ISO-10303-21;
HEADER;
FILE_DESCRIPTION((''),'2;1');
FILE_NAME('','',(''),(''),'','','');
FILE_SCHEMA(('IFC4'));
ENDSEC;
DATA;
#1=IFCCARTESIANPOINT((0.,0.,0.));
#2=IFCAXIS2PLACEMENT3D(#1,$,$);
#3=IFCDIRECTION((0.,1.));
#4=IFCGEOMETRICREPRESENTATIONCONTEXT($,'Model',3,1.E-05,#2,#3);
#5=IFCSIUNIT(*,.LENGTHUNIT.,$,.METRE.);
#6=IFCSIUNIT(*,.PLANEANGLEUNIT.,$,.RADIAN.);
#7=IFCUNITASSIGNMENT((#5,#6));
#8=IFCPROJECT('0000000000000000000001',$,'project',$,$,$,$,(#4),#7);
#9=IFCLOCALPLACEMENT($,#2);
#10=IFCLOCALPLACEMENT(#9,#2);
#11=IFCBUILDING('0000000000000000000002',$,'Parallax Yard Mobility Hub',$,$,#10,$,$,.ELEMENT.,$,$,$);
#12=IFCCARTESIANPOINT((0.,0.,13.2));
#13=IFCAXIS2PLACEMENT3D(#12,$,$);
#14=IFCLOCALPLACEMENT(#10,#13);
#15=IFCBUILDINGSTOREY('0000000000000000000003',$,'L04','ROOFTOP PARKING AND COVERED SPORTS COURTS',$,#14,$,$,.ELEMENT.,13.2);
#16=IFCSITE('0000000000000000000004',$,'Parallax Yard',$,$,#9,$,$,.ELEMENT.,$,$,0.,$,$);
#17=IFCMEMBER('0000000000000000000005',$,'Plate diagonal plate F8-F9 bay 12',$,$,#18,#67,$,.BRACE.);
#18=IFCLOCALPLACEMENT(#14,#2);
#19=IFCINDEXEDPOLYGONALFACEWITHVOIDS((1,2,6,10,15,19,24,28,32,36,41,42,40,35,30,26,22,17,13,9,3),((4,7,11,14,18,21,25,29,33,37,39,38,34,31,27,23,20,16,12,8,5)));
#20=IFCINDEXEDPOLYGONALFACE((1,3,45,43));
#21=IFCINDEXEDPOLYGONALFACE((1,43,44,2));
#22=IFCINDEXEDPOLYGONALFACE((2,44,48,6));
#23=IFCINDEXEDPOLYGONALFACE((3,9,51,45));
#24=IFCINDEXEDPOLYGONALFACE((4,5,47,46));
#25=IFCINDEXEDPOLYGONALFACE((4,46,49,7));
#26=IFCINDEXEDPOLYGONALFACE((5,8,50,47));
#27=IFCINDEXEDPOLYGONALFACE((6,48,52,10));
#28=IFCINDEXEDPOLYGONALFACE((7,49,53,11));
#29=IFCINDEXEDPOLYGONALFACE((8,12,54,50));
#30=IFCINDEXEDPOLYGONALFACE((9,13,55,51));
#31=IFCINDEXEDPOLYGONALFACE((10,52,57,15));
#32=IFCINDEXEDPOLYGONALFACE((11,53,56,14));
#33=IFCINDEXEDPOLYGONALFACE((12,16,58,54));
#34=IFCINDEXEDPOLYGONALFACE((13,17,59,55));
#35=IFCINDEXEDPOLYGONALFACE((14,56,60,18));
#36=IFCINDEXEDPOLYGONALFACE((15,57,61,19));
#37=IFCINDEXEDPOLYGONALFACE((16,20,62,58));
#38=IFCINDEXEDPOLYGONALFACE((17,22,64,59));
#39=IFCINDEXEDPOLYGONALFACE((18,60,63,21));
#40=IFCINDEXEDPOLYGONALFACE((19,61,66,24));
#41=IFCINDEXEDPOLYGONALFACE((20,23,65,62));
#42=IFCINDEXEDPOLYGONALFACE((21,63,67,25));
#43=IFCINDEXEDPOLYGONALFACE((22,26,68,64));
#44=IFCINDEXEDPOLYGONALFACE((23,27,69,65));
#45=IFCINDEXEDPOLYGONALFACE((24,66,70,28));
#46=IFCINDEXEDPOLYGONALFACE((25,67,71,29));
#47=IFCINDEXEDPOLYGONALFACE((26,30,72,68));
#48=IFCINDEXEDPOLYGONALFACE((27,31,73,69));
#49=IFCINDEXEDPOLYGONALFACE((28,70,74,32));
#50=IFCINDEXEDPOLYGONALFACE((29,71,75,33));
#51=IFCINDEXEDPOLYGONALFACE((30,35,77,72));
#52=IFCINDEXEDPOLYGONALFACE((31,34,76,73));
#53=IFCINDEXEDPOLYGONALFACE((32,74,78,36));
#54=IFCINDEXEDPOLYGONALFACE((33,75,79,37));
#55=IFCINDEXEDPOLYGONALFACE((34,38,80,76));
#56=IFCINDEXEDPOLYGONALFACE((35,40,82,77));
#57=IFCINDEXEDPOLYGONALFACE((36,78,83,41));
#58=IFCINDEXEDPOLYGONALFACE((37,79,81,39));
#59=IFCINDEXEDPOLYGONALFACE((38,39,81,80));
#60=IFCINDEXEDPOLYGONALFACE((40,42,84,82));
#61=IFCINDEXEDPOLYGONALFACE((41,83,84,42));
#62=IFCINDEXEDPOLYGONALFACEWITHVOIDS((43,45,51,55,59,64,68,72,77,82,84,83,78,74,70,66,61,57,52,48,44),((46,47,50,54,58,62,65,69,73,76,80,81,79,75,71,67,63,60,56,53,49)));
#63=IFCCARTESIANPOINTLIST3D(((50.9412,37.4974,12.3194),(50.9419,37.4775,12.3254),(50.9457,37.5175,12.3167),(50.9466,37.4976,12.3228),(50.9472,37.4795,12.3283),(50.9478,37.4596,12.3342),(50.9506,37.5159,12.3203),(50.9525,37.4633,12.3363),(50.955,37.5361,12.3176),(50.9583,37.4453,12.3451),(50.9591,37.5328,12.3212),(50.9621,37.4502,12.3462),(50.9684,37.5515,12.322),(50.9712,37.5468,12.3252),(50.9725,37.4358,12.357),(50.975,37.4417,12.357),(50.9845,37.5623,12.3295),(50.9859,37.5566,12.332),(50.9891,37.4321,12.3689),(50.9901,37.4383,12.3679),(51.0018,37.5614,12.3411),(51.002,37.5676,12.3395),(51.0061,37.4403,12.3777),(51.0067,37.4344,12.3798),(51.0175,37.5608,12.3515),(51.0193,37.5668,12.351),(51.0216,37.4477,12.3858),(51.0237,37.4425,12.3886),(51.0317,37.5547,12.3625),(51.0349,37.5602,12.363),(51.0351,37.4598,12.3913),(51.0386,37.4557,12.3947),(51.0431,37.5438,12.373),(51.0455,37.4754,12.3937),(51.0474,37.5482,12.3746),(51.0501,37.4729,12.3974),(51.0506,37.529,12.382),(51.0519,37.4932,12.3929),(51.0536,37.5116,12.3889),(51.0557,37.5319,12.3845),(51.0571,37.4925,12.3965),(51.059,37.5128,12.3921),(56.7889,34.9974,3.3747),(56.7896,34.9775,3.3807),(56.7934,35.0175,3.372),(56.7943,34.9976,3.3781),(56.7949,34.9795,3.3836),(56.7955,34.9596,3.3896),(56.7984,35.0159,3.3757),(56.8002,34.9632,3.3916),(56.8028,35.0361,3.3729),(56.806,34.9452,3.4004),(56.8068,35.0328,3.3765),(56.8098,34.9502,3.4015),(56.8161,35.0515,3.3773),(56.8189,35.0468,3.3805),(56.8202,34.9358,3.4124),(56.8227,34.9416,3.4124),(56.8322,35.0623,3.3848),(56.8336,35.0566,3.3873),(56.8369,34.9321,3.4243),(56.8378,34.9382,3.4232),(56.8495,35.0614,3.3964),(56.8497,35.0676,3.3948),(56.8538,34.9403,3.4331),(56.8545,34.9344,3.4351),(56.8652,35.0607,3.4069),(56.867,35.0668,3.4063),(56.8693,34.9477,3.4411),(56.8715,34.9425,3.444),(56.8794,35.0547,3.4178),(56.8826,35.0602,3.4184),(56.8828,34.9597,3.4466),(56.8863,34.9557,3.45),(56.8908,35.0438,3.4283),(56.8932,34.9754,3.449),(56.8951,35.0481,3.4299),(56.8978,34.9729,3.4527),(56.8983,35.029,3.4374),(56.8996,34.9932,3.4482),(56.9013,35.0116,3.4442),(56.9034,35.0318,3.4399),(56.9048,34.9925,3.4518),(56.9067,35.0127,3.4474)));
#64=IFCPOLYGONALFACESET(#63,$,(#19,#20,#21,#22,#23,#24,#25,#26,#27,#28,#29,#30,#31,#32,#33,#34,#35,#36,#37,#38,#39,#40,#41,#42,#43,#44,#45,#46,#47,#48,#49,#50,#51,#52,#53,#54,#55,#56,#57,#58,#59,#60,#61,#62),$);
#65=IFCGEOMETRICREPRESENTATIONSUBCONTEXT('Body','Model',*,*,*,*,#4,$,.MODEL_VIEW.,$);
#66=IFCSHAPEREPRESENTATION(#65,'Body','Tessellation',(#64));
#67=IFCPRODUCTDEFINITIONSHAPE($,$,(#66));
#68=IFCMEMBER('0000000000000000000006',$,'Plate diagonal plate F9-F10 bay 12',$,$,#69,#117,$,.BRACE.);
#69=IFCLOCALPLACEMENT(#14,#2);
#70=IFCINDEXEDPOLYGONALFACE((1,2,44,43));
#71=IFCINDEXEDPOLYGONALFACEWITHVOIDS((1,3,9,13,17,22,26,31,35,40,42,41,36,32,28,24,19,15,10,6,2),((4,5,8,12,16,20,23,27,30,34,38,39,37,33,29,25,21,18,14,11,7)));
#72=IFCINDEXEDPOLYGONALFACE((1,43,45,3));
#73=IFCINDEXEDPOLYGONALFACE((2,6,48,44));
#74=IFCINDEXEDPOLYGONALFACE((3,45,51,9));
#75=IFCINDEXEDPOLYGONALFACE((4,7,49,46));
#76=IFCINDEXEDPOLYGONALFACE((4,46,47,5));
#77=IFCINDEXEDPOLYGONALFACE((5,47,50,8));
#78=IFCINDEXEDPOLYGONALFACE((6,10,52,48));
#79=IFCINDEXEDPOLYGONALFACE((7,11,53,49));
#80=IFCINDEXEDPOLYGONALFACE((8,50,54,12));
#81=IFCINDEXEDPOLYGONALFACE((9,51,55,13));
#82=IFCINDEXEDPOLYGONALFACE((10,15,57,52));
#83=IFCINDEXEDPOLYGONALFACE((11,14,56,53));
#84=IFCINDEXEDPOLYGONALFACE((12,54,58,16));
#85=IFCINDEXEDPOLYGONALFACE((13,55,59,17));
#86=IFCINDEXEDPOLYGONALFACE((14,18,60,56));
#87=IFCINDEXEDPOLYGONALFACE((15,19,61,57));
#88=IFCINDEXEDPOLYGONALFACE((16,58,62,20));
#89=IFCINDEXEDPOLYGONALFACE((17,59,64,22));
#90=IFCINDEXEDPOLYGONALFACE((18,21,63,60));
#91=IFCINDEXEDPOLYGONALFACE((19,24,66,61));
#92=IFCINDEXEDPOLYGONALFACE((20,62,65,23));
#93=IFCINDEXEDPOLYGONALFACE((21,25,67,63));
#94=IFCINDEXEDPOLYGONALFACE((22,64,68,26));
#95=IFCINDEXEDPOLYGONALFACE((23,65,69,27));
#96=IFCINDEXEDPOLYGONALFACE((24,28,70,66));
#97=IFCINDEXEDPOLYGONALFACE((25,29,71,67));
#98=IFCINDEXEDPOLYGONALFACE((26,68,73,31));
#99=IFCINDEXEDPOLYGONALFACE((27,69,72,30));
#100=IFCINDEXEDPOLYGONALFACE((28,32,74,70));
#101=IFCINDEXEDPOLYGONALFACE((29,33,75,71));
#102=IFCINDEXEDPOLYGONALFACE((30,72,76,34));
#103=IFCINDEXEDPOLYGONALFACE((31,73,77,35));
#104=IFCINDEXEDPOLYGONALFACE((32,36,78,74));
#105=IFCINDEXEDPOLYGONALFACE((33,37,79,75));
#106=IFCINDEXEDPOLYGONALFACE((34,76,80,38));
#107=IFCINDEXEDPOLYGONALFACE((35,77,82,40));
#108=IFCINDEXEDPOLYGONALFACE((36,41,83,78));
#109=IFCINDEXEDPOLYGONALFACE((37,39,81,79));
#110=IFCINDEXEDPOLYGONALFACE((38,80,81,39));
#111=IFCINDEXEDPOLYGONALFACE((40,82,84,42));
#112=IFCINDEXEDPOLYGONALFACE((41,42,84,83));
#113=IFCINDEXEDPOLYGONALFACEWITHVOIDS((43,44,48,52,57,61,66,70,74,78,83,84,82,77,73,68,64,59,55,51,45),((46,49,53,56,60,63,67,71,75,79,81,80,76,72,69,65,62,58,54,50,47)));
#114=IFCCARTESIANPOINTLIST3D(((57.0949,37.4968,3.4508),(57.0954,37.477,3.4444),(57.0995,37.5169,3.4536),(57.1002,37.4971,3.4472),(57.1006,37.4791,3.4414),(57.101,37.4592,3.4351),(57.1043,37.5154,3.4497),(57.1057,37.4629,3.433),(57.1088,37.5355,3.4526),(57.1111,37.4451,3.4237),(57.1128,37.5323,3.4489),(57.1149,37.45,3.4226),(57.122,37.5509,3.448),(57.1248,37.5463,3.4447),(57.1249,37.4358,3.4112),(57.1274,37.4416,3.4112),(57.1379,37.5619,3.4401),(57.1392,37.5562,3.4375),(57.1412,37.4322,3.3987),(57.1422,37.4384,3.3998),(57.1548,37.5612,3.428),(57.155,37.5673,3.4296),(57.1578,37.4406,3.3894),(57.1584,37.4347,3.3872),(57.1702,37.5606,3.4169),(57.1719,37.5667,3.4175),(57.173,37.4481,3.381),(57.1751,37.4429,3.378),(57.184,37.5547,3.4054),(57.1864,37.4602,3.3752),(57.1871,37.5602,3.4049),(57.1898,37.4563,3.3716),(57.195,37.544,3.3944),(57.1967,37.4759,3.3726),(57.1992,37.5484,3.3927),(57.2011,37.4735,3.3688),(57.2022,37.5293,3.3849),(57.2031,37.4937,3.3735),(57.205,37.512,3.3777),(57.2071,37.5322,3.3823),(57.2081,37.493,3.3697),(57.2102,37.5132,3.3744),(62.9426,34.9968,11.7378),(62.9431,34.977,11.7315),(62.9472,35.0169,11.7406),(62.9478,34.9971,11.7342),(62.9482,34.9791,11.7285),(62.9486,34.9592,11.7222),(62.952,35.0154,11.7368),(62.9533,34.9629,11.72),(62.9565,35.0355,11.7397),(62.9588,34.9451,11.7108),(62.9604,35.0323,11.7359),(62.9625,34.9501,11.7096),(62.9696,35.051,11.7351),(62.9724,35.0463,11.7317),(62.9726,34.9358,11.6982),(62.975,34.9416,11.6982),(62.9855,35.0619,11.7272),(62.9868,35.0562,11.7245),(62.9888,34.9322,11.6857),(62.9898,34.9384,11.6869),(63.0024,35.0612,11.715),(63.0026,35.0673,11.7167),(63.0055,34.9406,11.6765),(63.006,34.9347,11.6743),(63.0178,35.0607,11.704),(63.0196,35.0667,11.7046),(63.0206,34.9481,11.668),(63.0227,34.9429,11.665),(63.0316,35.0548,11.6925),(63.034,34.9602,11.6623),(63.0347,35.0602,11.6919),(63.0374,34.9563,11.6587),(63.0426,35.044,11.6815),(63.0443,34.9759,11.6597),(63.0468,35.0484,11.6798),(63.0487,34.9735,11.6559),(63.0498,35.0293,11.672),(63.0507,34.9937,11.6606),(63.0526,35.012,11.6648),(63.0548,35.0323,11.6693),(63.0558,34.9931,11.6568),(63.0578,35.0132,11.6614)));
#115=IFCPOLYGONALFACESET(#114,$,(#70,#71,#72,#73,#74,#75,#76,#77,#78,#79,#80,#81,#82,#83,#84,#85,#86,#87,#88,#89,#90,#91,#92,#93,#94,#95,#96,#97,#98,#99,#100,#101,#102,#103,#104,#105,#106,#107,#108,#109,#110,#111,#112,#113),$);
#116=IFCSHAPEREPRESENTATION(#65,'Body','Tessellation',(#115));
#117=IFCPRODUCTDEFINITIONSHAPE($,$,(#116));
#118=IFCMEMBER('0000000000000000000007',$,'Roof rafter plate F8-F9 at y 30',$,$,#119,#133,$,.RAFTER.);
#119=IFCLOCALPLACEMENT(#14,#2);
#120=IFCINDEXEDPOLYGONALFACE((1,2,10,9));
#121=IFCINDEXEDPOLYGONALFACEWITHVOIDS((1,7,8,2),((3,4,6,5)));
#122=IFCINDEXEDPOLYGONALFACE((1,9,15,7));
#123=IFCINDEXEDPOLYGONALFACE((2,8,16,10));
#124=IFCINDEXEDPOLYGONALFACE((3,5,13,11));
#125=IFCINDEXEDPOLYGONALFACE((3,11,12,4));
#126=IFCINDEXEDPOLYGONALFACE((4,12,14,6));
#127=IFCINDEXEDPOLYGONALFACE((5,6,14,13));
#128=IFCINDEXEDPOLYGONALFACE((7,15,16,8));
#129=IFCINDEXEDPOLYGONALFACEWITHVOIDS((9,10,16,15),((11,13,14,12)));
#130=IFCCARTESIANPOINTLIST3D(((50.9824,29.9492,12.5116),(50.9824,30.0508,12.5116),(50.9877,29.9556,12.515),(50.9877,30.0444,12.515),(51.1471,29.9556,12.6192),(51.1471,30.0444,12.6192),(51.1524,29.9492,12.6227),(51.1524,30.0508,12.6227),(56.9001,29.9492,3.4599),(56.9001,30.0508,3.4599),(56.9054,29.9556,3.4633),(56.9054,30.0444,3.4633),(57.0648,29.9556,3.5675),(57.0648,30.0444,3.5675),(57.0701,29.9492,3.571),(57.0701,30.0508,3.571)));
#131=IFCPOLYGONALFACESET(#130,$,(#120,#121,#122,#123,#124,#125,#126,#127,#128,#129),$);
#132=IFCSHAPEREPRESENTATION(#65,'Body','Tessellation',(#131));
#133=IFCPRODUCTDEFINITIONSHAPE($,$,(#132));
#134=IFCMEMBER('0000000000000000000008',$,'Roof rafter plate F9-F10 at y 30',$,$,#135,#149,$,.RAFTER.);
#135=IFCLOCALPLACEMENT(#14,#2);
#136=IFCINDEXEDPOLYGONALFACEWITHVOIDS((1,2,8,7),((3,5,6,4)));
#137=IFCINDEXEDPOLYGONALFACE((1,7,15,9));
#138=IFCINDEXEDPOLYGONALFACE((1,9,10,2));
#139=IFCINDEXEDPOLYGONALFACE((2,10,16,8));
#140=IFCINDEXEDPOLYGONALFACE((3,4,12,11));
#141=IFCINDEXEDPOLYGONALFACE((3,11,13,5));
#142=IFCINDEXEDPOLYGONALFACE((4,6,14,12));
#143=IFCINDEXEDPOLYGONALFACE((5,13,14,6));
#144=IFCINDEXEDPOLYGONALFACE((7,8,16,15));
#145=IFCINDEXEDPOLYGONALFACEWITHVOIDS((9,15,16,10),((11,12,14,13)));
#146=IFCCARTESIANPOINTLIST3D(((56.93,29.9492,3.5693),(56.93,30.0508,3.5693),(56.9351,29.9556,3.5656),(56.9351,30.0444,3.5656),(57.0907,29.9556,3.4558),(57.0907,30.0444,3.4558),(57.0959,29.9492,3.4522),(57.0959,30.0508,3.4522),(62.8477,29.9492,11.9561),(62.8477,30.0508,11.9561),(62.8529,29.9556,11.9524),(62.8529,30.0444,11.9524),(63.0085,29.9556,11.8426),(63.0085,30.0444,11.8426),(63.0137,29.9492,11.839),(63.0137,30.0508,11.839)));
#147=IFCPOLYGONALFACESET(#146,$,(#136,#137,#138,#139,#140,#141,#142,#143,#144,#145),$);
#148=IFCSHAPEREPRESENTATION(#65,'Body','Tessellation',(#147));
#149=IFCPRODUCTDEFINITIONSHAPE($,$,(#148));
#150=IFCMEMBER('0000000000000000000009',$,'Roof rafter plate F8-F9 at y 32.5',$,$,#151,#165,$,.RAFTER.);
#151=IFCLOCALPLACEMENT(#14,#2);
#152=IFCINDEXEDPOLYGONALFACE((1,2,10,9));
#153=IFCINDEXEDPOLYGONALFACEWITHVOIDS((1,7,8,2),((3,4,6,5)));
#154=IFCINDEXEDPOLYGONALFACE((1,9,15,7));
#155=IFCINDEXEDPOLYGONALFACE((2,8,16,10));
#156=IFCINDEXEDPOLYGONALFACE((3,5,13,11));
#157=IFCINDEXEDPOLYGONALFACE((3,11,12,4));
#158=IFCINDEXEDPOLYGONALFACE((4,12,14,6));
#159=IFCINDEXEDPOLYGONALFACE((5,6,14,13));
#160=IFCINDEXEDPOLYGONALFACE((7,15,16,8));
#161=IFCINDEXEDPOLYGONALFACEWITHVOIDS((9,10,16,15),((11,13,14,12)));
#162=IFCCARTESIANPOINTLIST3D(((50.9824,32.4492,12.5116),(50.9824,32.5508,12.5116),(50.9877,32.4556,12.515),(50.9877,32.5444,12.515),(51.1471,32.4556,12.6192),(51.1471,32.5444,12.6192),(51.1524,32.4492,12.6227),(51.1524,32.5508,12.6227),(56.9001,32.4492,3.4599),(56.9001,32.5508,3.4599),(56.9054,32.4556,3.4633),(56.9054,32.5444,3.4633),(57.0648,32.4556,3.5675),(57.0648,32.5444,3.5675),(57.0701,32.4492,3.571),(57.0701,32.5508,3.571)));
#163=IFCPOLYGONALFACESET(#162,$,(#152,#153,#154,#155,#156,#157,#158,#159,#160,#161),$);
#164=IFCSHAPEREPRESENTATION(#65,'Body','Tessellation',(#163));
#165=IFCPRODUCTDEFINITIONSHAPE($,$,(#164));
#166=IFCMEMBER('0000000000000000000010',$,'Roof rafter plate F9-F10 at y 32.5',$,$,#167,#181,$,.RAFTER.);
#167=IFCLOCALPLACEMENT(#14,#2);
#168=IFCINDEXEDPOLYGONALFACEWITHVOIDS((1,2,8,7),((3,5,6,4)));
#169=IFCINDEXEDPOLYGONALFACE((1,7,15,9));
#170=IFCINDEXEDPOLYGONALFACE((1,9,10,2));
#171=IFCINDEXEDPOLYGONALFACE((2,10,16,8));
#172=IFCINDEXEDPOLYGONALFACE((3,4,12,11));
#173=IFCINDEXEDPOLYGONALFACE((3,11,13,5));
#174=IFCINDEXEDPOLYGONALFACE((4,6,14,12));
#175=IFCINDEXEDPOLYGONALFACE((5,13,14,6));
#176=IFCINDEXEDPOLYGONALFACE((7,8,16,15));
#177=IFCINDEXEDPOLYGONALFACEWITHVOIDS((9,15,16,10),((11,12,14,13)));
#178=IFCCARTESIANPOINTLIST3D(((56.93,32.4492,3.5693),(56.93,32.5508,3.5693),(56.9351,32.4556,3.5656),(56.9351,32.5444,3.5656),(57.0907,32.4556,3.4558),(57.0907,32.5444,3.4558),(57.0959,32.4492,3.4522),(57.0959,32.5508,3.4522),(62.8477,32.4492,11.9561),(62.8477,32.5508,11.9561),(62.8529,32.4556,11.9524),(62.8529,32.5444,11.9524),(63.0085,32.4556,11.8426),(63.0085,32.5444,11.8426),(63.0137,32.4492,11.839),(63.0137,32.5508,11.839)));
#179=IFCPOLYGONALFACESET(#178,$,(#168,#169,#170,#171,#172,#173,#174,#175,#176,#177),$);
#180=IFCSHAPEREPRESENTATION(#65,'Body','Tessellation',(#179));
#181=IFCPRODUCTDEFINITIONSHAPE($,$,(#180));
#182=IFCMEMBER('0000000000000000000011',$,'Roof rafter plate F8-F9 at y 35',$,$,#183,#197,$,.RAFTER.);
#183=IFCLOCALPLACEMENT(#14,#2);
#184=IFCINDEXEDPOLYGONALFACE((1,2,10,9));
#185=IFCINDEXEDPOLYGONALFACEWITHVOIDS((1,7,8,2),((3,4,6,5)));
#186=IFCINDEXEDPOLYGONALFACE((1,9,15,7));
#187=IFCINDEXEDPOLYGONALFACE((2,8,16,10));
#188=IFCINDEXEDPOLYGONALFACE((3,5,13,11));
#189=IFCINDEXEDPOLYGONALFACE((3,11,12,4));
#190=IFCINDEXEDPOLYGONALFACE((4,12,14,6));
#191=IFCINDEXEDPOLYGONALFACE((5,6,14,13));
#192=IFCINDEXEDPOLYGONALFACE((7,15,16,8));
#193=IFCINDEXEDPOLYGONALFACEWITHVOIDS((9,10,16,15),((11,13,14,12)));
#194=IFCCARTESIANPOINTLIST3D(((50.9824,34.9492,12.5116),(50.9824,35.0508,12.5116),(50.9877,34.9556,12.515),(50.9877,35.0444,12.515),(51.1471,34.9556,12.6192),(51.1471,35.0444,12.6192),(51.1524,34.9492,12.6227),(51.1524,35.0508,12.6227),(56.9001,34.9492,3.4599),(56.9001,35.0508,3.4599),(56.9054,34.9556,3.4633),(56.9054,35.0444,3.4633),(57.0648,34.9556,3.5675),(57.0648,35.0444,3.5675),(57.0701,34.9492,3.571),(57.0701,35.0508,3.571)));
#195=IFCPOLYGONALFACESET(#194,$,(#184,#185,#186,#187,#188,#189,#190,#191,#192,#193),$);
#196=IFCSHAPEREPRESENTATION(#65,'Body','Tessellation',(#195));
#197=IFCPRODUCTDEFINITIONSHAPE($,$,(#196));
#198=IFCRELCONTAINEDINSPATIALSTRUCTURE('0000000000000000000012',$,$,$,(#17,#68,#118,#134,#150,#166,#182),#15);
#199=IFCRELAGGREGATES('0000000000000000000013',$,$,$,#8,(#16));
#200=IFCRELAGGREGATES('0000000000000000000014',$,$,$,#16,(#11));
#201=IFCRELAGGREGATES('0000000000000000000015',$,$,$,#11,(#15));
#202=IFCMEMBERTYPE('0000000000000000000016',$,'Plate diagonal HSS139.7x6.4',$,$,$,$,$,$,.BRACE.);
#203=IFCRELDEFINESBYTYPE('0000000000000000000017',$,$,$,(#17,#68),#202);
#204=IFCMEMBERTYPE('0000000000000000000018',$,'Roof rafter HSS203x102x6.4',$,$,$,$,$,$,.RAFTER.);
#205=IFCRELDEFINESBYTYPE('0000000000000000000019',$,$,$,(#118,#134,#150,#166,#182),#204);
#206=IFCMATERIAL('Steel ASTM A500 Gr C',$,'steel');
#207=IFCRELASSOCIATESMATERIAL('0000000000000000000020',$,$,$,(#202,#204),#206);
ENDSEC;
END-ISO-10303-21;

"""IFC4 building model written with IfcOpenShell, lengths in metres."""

from ifc_helpers import new_model, si_unit, direction, frame, origin, origin_2d, place, context, subcontext, project, spatial, hollow_rectangle, hollow_circle, extrude, material, material_profile, profile_set, type_object, element, save


model = new_model("IFC4")

# Units and contexts
model_context = context("Model", 3, precision=1e-05, world=origin(), true_north=direction((0.0, 1.0)))
body_context = subcontext(model_context, "Body", "Model", "MODEL_VIEW")
ifc_project = project(units=[si_unit("LENGTHUNIT", "METRE"), si_unit("PLANEANGLEUNIT", "RADIAN")], contexts=[model_context])

# Site, building, storey
site_placement = place(None, origin())
site = spatial("IfcSite", under=ifc_project, at=site_placement, Name="Parallax Yard", CompositionType="ELEMENT", RefElevation=0.0)
building_placement = place(site_placement, origin())
building = spatial("IfcBuilding", under=site, at=building_placement, Name="Parallax Yard Mobility Hub", CompositionType="ELEMENT")
storey_placement = place(building_placement, frame((0.0, 0.0, 13.2)))
storey = spatial("IfcBuildingStorey", under=building, at=storey_placement, Name="L04", Description="ROOFTOP PARKING AND COVERED SPORTS COURTS", CompositionType="ELEMENT", Elevation=13.2)

# Members
ifc_material_1 = material(Name="Steel ASTM A500 Gr C", Category="steel")
ifc_material_profile_1 = material_profile(ifc_material_1, hollow_circle(Radius=0.0698, WallThickness=0.0063, at=origin_2d()), Name="HSS139.7x6.4")
ifc_profile_set_1 = profile_set([ifc_material_profile_1], Name="Steel ASTM A500 Gr C")
member_type_1 = type_object("IfcMemberType", Name="Plate diagonal HSS139.7x6.4", PredefinedType="BRACE", material=ifc_profile_set_1)
for number, where, z_axis, x_axis, name in (
    (1, (56.8477, 35.0, 3.4124), (-0.532816, 0.22779, 0.814996), (-0.393104, -0.919494, 0.0), "Plate diagonal plate F8-F9 bay 12"),
):
    element("IfcMember", number, at=place(storey_placement, frame(where, z_axis=z_axis, x_axis=x_axis)), inside=storey, type_object=member_type_1, Name=name, PredefinedType="BRACE", context=body_context, shape_type="SweptSolid", body=[
        extrude(hollow_circle(Radius=0.0698, WallThickness=0.0063, at=origin_2d()), origin(), (0.0, 0.0, 1.0), 10.9751),
    ])
member_1_placement = place(storey_placement, frame((63.0, 35.0, 11.6982), z_axis=(-0.559793, 0.239323, -0.79332), x_axis=(-0.393104, -0.919494, 0.0)))
element("IfcMember", 2, at=member_1_placement, inside=storey, type_object=member_type_1, Name="Plate diagonal plate F9-F10 bay 12", PredefinedType="BRACE", context=body_context, shape_type="SweptSolid", body=[
    extrude(hollow_circle(Radius=0.0698, WallThickness=0.0063, at=origin_2d()), origin(), (0.0, 0.0, 1.0), 10.446),
])
ifc_material_profile_2 = material_profile(ifc_material_1, hollow_rectangle(XDim=0.1016, YDim=0.2031, WallThickness=0.0063, at=origin_2d()), Name="HSS203x102x6.4")
ifc_profile_set_2 = profile_set([ifc_material_profile_2], Name="Steel ASTM A500 Gr C")
member_type_2 = type_object("IfcMemberType", Name="Roof rafter HSS203x102x6.4", PredefinedType="RAFTER", material=ifc_profile_set_2)
member_2_placement = place(storey_placement, frame((51.0674, 30.0, 12.5671), z_axis=(0.547202, 0.0, -0.837001), x_axis=(0.0, 1.0, 0.0)))
element("IfcMember", 3, at=member_2_placement, inside=storey, type_object=member_type_2, Name="Roof rafter plate F8-F9 at y 30", PredefinedType="RAFTER", context=body_context, shape_type="SweptSolid", body=[
    extrude(hollow_rectangle(XDim=0.1016, YDim=0.2031, WallThickness=0.0063, at=origin_2d()), origin(), (0.0, 0.0, 1.0), 10.8145),
])
member_3_placement = place(storey_placement, frame((57.0129, 30.0, 3.5107), z_axis=(0.576533, 0.0, 0.817074), x_axis=(0.0, 1.0, 0.0)))
element("IfcMember", 4, at=member_3_placement, inside=storey, type_object=member_type_2, Name="Roof rafter plate F9-F10 at y 30", PredefinedType="RAFTER", context=body_context, shape_type="SweptSolid", body=[
    extrude(hollow_rectangle(XDim=0.1016, YDim=0.2031, WallThickness=0.0063, at=origin_2d()), origin(), (0.0, 0.0, 1.0), 10.2644),
])
member_4_placement = place(storey_placement, frame((51.0674, 32.5, 12.5671), z_axis=(0.547202, 0.0, -0.837001), x_axis=(0.0, 1.0, 0.0)))
element("IfcMember", 5, at=member_4_placement, inside=storey, type_object=member_type_2, Name="Roof rafter plate F8-F9 at y 32.5", PredefinedType="RAFTER", context=body_context, shape_type="SweptSolid", body=[
    extrude(hollow_rectangle(XDim=0.1016, YDim=0.2031, WallThickness=0.0063, at=origin_2d()), origin(), (0.0, 0.0, 1.0), 10.8145),
])
member_5_placement = place(storey_placement, frame((57.0129, 32.5, 3.5107), z_axis=(0.576533, 0.0, 0.817074), x_axis=(0.0, 1.0, 0.0)))
element("IfcMember", 6, at=member_5_placement, inside=storey, type_object=member_type_2, Name="Roof rafter plate F9-F10 at y 32.5", PredefinedType="RAFTER", context=body_context, shape_type="SweptSolid", body=[
    extrude(hollow_rectangle(XDim=0.1016, YDim=0.2031, WallThickness=0.0063, at=origin_2d()), origin(), (0.0, 0.0, 1.0), 10.2644),
])
member_6_placement = place(storey_placement, frame((51.0674, 35.0, 12.5671), z_axis=(0.547202, 0.0, -0.837001), x_axis=(0.0, 1.0, 0.0)))
element("IfcMember", 7, at=member_6_placement, inside=storey, type_object=member_type_2, Name="Roof rafter plate F8-F9 at y 35", PredefinedType="RAFTER", context=body_context, shape_type="SweptSolid", body=[
    extrude(hollow_rectangle(XDim=0.1016, YDim=0.2031, WallThickness=0.0063, at=origin_2d()), origin(), (0.0, 0.0, 1.0), 10.8145),
])

save(model, "model.ifc")
